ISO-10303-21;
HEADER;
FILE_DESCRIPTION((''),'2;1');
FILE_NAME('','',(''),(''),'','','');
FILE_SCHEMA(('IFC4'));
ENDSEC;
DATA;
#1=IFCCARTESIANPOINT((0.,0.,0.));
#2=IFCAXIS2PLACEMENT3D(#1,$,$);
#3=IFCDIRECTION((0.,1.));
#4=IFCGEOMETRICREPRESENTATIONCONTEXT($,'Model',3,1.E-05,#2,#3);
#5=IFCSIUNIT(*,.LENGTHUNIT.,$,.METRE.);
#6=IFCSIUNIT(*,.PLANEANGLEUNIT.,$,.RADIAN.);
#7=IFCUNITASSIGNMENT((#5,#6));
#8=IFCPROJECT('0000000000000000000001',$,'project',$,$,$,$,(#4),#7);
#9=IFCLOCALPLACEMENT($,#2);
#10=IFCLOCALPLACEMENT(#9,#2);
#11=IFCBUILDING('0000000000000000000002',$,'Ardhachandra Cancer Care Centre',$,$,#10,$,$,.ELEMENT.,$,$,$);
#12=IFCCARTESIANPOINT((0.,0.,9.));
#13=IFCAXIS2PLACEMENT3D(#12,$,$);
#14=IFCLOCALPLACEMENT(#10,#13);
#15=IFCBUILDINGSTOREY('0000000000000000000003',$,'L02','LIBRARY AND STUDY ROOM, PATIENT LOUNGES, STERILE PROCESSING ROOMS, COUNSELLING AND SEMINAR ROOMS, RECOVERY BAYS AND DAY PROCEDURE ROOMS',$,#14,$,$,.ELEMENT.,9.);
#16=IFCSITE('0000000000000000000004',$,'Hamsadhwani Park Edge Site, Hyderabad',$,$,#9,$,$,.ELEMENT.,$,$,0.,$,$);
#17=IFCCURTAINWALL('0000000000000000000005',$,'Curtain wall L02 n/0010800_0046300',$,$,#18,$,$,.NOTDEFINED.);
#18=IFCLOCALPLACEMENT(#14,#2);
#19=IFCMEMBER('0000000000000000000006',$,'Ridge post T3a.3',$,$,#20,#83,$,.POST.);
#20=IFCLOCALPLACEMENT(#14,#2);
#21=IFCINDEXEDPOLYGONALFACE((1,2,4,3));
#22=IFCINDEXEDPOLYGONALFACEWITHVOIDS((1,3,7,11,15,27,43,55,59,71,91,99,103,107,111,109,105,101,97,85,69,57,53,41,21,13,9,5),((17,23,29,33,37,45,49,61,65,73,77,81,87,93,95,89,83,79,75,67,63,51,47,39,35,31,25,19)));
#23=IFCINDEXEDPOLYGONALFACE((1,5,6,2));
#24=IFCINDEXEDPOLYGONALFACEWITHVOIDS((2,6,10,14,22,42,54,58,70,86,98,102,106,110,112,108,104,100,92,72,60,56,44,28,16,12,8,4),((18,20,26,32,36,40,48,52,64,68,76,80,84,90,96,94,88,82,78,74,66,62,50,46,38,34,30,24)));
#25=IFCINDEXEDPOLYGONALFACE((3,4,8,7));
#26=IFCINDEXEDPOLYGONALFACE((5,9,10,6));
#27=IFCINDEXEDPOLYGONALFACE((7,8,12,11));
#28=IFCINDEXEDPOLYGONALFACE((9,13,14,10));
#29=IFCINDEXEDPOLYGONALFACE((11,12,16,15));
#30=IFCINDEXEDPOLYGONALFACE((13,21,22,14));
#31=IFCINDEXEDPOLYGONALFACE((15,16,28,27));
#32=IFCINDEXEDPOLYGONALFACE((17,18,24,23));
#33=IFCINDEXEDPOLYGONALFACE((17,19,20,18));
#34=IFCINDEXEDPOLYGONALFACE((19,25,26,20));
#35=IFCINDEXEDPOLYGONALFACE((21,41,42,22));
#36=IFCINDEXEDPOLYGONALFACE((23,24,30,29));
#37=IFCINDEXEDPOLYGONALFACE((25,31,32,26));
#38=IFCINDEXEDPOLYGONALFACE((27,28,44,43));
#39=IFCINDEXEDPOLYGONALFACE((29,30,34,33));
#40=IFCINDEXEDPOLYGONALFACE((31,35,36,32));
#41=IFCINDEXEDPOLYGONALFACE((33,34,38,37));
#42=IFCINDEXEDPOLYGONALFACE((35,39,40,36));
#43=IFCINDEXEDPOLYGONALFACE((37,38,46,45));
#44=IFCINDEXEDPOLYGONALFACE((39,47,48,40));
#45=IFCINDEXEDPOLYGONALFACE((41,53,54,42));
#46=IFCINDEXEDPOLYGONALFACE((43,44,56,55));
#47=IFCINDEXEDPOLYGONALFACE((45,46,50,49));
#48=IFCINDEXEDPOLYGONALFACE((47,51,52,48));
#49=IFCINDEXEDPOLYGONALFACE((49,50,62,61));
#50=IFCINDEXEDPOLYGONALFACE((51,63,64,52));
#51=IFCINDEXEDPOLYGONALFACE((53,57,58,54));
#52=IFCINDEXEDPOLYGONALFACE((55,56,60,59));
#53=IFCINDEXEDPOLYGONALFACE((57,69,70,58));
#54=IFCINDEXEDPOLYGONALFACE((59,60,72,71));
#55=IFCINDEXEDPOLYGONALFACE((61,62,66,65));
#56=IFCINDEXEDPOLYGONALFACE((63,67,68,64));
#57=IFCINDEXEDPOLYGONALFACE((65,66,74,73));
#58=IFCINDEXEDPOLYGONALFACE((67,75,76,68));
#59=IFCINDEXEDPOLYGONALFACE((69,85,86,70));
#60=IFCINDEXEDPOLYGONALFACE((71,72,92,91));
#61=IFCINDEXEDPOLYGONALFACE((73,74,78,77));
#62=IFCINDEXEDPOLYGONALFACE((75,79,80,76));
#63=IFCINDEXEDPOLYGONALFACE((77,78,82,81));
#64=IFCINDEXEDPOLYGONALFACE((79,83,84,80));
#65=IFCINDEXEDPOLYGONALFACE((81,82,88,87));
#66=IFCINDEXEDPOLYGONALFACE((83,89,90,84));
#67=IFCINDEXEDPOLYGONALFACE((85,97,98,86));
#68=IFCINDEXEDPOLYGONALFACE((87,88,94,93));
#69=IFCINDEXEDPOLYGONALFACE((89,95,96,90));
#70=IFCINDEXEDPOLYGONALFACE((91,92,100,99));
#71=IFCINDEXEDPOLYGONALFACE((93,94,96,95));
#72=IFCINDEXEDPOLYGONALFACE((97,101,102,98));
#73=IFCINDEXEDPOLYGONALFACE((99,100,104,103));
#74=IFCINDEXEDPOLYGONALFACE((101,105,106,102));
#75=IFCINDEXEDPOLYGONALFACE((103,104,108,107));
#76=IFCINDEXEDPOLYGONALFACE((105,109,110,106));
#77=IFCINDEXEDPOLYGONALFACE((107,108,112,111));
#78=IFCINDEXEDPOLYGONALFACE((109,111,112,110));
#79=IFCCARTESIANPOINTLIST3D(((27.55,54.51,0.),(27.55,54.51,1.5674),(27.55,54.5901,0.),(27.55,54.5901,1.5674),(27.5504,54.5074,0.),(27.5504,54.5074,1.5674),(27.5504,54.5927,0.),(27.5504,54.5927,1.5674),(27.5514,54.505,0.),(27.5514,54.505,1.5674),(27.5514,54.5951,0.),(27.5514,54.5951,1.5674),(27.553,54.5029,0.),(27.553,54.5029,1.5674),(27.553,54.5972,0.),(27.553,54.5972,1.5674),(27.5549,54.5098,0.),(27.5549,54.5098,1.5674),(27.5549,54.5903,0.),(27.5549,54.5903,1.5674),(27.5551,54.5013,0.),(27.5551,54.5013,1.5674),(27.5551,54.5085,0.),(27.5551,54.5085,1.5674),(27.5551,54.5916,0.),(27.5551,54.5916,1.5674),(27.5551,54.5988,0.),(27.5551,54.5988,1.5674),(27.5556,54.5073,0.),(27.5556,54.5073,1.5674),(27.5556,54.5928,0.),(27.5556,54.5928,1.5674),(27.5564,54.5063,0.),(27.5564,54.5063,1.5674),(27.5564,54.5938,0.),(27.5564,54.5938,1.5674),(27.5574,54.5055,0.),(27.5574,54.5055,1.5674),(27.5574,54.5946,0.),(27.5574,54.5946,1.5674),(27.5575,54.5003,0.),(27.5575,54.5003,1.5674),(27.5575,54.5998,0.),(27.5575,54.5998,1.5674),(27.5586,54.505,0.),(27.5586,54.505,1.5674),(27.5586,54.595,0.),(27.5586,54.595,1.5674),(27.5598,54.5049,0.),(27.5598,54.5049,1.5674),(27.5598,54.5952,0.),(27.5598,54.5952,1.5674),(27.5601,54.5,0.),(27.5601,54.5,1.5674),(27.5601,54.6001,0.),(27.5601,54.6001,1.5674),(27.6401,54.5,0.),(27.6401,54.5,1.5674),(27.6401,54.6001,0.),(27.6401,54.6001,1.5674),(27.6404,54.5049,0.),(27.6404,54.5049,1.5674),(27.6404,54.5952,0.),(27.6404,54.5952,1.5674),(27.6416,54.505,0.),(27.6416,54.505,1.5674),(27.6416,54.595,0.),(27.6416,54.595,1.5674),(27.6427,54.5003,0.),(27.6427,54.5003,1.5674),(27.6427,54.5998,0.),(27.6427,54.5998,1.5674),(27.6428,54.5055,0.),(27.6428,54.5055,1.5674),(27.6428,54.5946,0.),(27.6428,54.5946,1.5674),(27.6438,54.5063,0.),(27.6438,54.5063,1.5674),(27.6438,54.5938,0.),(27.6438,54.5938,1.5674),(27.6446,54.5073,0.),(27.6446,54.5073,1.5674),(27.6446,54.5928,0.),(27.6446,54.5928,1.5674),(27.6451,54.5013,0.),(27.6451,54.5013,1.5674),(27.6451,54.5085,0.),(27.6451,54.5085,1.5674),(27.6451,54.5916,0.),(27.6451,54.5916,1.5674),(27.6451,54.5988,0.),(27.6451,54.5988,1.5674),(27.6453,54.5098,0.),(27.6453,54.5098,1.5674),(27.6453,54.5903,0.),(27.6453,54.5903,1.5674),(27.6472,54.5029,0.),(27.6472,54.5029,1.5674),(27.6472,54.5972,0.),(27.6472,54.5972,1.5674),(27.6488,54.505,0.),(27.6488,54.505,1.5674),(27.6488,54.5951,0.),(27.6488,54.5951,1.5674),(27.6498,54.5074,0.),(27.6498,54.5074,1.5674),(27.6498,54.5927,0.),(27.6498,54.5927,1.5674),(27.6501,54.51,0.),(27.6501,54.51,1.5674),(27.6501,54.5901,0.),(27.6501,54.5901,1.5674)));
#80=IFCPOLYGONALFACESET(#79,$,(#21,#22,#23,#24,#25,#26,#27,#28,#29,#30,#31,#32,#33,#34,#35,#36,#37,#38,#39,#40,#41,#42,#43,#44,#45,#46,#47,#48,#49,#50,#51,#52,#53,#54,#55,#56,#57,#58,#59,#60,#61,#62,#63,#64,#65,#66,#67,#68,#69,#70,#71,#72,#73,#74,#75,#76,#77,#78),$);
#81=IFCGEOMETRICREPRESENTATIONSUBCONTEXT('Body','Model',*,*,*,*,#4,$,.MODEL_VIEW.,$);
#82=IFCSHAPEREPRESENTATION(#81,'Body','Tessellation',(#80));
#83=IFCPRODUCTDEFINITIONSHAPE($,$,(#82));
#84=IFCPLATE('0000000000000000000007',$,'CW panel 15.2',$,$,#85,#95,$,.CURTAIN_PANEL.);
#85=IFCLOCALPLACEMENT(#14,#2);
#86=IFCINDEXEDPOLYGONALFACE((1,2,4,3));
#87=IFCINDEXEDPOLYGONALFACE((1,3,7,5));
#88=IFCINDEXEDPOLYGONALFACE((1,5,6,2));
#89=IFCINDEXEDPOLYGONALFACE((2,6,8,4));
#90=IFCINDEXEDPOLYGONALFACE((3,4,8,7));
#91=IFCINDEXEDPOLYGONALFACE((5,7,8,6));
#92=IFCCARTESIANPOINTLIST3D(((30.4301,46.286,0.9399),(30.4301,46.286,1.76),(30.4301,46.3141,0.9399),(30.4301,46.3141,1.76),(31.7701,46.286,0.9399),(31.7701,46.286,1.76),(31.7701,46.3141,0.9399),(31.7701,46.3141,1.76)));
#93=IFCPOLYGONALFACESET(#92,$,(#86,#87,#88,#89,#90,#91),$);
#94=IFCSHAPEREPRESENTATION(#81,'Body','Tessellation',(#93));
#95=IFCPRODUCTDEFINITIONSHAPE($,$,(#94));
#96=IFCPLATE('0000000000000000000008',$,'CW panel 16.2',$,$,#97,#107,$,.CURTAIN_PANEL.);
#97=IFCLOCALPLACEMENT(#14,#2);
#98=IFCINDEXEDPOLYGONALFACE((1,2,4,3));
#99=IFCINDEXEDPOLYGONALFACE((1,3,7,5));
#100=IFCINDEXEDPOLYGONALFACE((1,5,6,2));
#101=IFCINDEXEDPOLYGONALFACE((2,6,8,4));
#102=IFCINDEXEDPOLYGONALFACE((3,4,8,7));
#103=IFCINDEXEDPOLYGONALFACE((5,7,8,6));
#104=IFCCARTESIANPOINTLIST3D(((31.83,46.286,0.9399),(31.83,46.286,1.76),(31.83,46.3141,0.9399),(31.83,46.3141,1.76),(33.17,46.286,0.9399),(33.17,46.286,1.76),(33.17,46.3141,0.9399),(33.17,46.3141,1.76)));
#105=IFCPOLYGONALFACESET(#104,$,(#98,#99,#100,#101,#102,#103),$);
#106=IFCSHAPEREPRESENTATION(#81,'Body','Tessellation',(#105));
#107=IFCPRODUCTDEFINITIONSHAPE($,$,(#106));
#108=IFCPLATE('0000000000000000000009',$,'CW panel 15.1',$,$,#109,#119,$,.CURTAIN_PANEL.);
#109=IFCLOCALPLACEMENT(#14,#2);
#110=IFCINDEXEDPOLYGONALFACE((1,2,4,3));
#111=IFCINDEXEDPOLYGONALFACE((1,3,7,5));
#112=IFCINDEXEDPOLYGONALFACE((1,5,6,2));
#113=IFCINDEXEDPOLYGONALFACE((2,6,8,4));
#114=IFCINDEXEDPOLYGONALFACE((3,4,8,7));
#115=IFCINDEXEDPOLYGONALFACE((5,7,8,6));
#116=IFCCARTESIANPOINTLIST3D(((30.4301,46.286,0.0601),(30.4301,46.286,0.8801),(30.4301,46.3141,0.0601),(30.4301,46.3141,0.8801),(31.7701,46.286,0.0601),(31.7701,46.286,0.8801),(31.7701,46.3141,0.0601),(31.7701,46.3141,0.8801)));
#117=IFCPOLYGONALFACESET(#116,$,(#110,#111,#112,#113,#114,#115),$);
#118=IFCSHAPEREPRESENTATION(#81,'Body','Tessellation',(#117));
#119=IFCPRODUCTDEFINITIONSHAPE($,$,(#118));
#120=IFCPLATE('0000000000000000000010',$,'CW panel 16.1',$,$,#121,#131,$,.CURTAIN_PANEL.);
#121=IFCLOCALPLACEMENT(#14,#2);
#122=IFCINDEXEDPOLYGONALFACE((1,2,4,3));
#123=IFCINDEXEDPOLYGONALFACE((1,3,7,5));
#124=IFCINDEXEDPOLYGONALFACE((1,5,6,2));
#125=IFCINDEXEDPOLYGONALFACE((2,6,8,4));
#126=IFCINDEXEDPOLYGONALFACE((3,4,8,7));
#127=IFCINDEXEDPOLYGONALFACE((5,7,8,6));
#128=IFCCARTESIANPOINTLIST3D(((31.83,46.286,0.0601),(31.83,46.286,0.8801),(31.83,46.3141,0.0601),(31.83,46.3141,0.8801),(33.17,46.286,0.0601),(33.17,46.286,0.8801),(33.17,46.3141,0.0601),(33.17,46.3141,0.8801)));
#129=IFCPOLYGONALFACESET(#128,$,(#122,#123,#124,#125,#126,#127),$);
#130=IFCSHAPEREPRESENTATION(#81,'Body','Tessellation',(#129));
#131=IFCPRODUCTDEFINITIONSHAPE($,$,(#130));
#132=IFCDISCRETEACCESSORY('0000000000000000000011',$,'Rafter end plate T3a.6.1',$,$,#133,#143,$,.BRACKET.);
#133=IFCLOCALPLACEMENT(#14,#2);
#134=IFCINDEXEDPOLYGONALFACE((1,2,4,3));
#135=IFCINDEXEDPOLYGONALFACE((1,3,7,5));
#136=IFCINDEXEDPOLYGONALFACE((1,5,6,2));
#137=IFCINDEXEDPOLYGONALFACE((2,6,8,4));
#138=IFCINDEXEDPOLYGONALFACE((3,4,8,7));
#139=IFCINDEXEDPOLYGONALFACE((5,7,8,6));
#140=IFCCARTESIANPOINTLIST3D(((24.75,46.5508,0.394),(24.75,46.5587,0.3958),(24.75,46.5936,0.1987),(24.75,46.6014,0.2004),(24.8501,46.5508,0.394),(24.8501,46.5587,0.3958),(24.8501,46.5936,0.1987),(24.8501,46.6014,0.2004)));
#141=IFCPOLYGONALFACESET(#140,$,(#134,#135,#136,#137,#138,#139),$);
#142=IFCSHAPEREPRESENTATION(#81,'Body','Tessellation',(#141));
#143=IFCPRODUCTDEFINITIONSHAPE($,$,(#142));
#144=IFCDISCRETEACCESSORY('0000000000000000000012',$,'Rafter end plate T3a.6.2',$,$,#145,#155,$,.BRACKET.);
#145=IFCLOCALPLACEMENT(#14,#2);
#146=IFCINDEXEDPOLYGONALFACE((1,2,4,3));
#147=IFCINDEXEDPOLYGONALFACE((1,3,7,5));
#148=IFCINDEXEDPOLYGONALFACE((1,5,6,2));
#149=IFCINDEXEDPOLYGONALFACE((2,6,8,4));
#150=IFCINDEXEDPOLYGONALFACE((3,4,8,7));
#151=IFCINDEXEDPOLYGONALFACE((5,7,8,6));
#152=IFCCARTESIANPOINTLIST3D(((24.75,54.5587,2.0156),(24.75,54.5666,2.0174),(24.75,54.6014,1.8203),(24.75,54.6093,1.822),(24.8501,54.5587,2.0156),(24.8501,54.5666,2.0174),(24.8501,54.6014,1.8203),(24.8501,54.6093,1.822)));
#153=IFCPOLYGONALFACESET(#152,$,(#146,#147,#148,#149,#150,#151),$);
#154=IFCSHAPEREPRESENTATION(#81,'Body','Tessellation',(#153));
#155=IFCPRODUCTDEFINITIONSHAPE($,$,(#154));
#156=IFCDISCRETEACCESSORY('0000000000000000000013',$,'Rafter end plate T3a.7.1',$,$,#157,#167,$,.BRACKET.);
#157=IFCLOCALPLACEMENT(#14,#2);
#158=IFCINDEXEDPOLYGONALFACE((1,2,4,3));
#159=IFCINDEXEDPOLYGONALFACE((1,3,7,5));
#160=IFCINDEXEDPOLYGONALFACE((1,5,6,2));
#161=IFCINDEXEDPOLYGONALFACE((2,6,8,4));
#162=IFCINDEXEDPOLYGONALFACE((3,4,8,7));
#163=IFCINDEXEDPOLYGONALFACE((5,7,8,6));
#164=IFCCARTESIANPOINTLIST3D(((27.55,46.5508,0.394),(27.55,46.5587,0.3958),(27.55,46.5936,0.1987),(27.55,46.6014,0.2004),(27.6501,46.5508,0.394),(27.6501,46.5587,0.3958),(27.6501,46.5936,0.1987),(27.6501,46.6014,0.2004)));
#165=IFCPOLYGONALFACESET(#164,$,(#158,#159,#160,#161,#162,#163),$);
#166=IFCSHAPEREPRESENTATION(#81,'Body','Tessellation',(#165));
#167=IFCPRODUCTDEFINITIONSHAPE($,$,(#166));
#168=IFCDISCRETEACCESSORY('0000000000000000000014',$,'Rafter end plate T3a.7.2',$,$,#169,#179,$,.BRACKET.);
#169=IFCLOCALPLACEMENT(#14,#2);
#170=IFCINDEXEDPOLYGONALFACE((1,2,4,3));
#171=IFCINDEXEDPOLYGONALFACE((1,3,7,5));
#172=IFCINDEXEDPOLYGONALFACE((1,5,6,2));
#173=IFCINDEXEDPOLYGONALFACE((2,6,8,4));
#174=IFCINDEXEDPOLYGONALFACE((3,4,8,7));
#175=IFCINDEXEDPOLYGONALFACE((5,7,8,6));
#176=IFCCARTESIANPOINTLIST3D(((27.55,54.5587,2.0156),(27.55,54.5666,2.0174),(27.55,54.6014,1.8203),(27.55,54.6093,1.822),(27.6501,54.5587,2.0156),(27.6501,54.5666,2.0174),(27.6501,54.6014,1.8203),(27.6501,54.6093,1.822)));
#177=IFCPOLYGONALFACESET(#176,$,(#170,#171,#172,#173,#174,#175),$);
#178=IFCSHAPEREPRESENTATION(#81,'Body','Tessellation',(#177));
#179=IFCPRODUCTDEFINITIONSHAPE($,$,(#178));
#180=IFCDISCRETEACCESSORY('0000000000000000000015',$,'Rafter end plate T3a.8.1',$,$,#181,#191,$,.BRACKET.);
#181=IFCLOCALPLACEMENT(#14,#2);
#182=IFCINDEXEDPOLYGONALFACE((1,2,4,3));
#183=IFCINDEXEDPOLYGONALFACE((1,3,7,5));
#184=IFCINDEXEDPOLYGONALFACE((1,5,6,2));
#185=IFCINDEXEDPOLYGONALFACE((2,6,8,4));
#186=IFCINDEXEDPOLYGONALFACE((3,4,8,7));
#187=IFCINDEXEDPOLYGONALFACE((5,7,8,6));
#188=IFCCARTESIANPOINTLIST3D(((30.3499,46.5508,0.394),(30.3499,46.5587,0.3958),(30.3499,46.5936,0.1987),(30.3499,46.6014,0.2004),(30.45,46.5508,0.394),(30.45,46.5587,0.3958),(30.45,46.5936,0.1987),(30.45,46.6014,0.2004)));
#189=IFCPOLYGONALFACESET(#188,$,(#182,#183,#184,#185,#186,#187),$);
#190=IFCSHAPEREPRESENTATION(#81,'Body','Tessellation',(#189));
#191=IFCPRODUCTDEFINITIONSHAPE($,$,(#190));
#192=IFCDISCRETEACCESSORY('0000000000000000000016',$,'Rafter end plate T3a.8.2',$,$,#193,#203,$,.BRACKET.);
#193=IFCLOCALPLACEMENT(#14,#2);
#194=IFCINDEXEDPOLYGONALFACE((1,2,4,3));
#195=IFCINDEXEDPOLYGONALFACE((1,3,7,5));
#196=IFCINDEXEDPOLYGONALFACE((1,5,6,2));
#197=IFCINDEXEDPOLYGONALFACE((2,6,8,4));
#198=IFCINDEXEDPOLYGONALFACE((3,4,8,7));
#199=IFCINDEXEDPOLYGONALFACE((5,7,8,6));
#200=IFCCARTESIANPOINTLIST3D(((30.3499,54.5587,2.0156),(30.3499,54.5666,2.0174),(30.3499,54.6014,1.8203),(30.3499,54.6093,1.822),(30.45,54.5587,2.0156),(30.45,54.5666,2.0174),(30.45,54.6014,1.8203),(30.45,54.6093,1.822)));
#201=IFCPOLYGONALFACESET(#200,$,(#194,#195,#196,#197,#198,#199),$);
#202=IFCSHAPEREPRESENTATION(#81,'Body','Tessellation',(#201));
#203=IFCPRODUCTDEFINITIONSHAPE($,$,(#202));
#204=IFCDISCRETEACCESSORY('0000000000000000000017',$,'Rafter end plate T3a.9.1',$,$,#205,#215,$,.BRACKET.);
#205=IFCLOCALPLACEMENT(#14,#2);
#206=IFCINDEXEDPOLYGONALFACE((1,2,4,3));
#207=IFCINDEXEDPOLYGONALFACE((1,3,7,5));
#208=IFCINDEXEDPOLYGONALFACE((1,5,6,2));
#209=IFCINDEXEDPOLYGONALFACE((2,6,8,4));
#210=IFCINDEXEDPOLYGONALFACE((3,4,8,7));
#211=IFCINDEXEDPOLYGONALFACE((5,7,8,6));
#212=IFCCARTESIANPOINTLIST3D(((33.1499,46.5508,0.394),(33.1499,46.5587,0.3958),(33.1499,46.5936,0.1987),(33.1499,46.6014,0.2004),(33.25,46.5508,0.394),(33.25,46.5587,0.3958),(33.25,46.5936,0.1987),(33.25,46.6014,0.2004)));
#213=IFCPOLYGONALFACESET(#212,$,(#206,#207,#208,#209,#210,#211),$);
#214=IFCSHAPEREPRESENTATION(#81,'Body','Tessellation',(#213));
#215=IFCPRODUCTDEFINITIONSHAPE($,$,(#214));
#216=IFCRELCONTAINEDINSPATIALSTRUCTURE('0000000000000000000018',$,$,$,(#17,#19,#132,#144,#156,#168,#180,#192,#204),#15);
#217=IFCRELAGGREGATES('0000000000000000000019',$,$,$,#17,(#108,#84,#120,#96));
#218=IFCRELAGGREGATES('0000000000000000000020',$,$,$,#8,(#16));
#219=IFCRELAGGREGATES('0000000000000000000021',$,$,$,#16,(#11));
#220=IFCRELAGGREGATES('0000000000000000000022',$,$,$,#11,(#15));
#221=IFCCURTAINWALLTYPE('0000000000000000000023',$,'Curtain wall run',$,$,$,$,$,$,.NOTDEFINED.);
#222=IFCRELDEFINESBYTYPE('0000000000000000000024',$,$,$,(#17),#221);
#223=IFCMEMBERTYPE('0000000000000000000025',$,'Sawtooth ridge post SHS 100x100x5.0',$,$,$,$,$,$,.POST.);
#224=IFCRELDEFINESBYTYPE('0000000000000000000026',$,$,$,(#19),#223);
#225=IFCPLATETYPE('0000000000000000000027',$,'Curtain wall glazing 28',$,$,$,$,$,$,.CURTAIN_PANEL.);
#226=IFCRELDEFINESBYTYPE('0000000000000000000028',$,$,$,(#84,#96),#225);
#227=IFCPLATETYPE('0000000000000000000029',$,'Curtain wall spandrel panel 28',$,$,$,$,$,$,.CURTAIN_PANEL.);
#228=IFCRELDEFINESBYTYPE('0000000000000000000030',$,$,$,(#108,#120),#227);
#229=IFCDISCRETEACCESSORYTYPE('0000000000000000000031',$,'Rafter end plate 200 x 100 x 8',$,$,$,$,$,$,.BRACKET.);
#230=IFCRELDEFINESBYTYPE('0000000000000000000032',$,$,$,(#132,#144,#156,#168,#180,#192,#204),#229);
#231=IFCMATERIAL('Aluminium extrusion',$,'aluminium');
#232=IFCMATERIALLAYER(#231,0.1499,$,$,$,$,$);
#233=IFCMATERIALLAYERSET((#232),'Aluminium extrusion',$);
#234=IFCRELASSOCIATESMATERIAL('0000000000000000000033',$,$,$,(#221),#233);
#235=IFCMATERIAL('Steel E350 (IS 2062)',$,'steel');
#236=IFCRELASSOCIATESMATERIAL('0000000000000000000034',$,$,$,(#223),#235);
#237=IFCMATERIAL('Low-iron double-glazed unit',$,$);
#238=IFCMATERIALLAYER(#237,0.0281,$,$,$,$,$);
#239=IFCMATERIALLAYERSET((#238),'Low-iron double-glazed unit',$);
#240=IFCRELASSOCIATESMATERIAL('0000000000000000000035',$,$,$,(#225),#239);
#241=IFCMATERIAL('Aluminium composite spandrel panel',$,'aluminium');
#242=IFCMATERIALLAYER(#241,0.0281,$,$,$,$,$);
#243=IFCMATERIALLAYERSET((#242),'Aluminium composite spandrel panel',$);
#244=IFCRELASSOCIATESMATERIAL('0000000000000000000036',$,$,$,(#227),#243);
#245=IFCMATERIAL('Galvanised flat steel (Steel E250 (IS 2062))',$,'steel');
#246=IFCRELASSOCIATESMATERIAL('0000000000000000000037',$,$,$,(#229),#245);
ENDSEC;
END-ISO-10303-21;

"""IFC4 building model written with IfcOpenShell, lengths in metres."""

from ifc_helpers import new_model, si_unit, direction, frame, origin, origin_2d, place, context, subcontext, project, spatial, rectangle, hollow_rectangle, extrude, material, layer, layer_set, material_profile, profile_set, type_object, element, aggregate, save


model = new_model("IFC4")

# Units and contexts
model_context = context("Model", 3, precision=1e-05, world=origin(), true_north=direction((0.0, 1.0)))
body_context = subcontext(model_context, "Body", "Model", "MODEL_VIEW")
ifc_project = project(units=[si_unit("LENGTHUNIT", "METRE"), si_unit("PLANEANGLEUNIT", "RADIAN")], contexts=[model_context])

# Site, building, storey
site_placement = place(None, origin())
site = spatial("IfcSite", under=ifc_project, at=site_placement, Name="Hamsadhwani Park Edge Site, Hyderabad", CompositionType="ELEMENT", RefElevation=0.0)
building_placement = place(site_placement, origin())
building = spatial("IfcBuilding", under=site, at=building_placement, Name="Ardhachandra Cancer Care Centre", CompositionType="ELEMENT")
storey_placement = place(building_placement, frame((0.0, 0.0, 9.0)))
storey = spatial("IfcBuildingStorey", under=building, at=storey_placement, Name="L02", Description="LIBRARY AND STUDY ROOM, PATIENT LOUNGES, STERILE PROCESSING ROOMS, COUNSELLING AND SEMINAR ROOMS, RECOVERY BAYS AND DAY PROCEDURE ROOMS", CompositionType="ELEMENT", Elevation=9.0)

# Curtain wall
ifc_material_1 = material(Name="Aluminium extrusion", Category="aluminium")
ifc_layer_1 = layer(ifc_material_1, 0.1499)
ifc_layer_set_1 = layer_set([ifc_layer_1], Name="Aluminium extrusion")
curtain_wall_type = type_object("IfcCurtainWallType", Name="Curtain wall run", PredefinedType="NOTDEFINED", material=ifc_layer_set_1)
curtain_wall_placement = place(storey_placement, origin())
curtain_wall = element("IfcCurtainWall", 1, at=curtain_wall_placement, inside=storey, type_object=curtain_wall_type, Name="Curtain wall L02 n/0010800_0046300", PredefinedType="NOTDEFINED")

# Member
ifc_material_2 = material(Name="Steel E350 (IS 2062)", Category="steel")
ifc_material_profile_1 = material_profile(ifc_material_2, hollow_rectangle(XDim=0.1001, YDim=0.1001, WallThickness=0.0049, InnerFilletRadius=0.0049, OuterFilletRadius=0.01, at=origin_2d()), Name="SHS 100x100x5.0")
ifc_profile_set_1 = profile_set([ifc_material_profile_1], Name="Steel E350 (IS 2062)")
member_type_1 = type_object("IfcMemberType", Name="Sawtooth ridge post SHS 100x100x5.0", PredefinedType="POST", material=ifc_profile_set_1)
member_1_placement = place(storey_placement, frame((27.6001, 54.55, 0.0), z_axis=(0.0, 0.0, 1.0), x_axis=(1.0, 0.0, 0.0)))
element("IfcMember", 2, at=member_1_placement, inside=storey, type_object=member_type_1, Name="Ridge post T3a.3", PredefinedType="POST", context=body_context, shape_type="SweptSolid", body=[
    extrude(hollow_rectangle(XDim=0.1001, YDim=0.1001, WallThickness=0.0049, InnerFilletRadius=0.0049, OuterFilletRadius=0.01, at=origin_2d()), origin(), (0.0, 0.0, 1.0), 1.5674),
])

# Plates
ifc_material_3 = material(Name="Low-iron double-glazed unit")
ifc_layer_2 = layer(ifc_material_3, 0.0281)
ifc_layer_set_2 = layer_set([ifc_layer_2], Name="Low-iron double-glazed unit")
plate_type_1 = type_object("IfcPlateType", Name="Curtain wall glazing 28", PredefinedType="CURTAIN_PANEL", material=ifc_layer_set_2)
plate_1_placement = place(storey_placement, frame((31.1001, 46.3, 0.9399), z_axis=(0.0, 0.0, 1.0), x_axis=(1.0, 0.0, 0.0)))
plate_1 = element("IfcPlate", 3, at=plate_1_placement, type_object=plate_type_1, Name="CW panel 15.2", PredefinedType="CURTAIN_PANEL", context=body_context, shape_type="SweptSolid", body=[
    extrude(rectangle(XDim=1.3401, YDim=0.0281, at=origin_2d()), origin(), (0.0, 0.0, 1.0), 0.8201),
])
plate_2_placement = place(storey_placement, frame((32.5, 46.3, 0.9399), z_axis=(0.0, 0.0, 1.0), x_axis=(1.0, 0.0, 0.0)))
plate_2 = element("IfcPlate", 4, at=plate_2_placement, type_object=plate_type_1, Name="CW panel 16.2", PredefinedType="CURTAIN_PANEL", context=body_context, shape_type="SweptSolid", body=[
    extrude(rectangle(XDim=1.3401, YDim=0.0281, at=origin_2d()), origin(), (0.0, 0.0, 1.0), 0.8201),
])
ifc_material_4 = material(Name="Aluminium composite spandrel panel", Category="aluminium")
ifc_layer_3 = layer(ifc_material_4, 0.0281)
ifc_layer_set_3 = layer_set([ifc_layer_3], Name="Aluminium composite spandrel panel")
plate_type_2 = type_object("IfcPlateType", Name="Curtain wall spandrel panel 28", PredefinedType="CURTAIN_PANEL", material=ifc_layer_set_3)
plate_3_placement = place(storey_placement, frame((31.1001, 46.3, 0.0601), z_axis=(0.0, 0.0, 1.0), x_axis=(1.0, 0.0, 0.0)))
plate_3 = element("IfcPlate", 5, at=plate_3_placement, type_object=plate_type_2, Name="CW panel 15.1", PredefinedType="CURTAIN_PANEL", context=body_context, shape_type="SweptSolid", body=[
    extrude(rectangle(XDim=1.3401, YDim=0.0281, at=origin_2d()), origin(), (0.0, 0.0, 1.0), 0.8201),
])
plate_4_placement = place(storey_placement, frame((32.5, 46.3, 0.0601), z_axis=(0.0, 0.0, 1.0), x_axis=(1.0, 0.0, 0.0)))
plate_4 = element("IfcPlate", 6, at=plate_4_placement, type_object=plate_type_2, Name="CW panel 16.1", PredefinedType="CURTAIN_PANEL", context=body_context, shape_type="SweptSolid", body=[
    extrude(rectangle(XDim=1.3401, YDim=0.0281, at=origin_2d()), origin(), (0.0, 0.0, 1.0), 0.8201),
])
aggregate(curtain_wall, [plate_3, plate_1, plate_4, plate_2])

# Discrete accessories
ifc_material_5 = material(Name="Galvanised flat steel (Steel E250 (IS 2062))", Category="steel")
ifc_material_profile_2 = material_profile(ifc_material_5, rectangle(XDim=0.1001, YDim=0.2, at=origin_2d()), Name="Rafter end plate 200 x 100 x 8")
ifc_profile_set_2 = profile_set([ifc_material_profile_2], Name="Galvanised flat steel (Steel E250 (IS 2062))")
discrete_accessory_type = type_object("IfcDiscreteAccessoryType", Name="Rafter end plate 200 x 100 x 8", PredefinedType="BRACKET", material=ifc_profile_set_2)
for number, where, z_axis, x_axis, name in (
    (7, (24.8, 46.5801, 0.2981), (0.0, -0.9769, -0.213697), (1.0, 0.0, 0.0), "Rafter end plate T3a.6.1"),
    (8, (24.8, 54.5801, 1.918), (0.0, 0.9769, 0.213697), (-1.0, 0.0, 0.0), "Rafter end plate T3a.6.2"),
    (9, (27.6001, 46.5801, 0.2981), (0.0, -0.9769, -0.213697), (1.0, 0.0, 0.0), "Rafter end plate T3a.7.1"),
    (10, (27.6001, 54.5801, 1.918), (0.0, 0.9769, 0.213697), (-1.0, 0.0, 0.0), "Rafter end plate T3a.7.2"),
    (11, (30.3999, 46.5801, 0.2981), (0.0, -0.9769, -0.213697), (1.0, 0.0, 0.0), "Rafter end plate T3a.8.1"),
    (12, (30.3999, 54.5801, 1.918), (0.0, 0.9769, 0.213697), (-1.0, 0.0, 0.0), "Rafter end plate T3a.8.2"),
    (13, (33.2, 46.5801, 0.2981), (0.0, -0.9769, -0.213697), (1.0, 0.0, 0.0), "Rafter end plate T3a.9.1"),
):
    element("IfcDiscreteAccessory", number, at=place(storey_placement, frame(where, z_axis=z_axis, x_axis=x_axis)), inside=storey, type_object=discrete_accessory_type, Name=name, PredefinedType="BRACKET", context=body_context, shape_type="SweptSolid", body=[
        extrude(rectangle(XDim=0.1001, YDim=0.2, at=origin_2d()), origin(), (0.0, 0.0, 1.0), 0.0081),
    ])

save(model, "model.ifc")
